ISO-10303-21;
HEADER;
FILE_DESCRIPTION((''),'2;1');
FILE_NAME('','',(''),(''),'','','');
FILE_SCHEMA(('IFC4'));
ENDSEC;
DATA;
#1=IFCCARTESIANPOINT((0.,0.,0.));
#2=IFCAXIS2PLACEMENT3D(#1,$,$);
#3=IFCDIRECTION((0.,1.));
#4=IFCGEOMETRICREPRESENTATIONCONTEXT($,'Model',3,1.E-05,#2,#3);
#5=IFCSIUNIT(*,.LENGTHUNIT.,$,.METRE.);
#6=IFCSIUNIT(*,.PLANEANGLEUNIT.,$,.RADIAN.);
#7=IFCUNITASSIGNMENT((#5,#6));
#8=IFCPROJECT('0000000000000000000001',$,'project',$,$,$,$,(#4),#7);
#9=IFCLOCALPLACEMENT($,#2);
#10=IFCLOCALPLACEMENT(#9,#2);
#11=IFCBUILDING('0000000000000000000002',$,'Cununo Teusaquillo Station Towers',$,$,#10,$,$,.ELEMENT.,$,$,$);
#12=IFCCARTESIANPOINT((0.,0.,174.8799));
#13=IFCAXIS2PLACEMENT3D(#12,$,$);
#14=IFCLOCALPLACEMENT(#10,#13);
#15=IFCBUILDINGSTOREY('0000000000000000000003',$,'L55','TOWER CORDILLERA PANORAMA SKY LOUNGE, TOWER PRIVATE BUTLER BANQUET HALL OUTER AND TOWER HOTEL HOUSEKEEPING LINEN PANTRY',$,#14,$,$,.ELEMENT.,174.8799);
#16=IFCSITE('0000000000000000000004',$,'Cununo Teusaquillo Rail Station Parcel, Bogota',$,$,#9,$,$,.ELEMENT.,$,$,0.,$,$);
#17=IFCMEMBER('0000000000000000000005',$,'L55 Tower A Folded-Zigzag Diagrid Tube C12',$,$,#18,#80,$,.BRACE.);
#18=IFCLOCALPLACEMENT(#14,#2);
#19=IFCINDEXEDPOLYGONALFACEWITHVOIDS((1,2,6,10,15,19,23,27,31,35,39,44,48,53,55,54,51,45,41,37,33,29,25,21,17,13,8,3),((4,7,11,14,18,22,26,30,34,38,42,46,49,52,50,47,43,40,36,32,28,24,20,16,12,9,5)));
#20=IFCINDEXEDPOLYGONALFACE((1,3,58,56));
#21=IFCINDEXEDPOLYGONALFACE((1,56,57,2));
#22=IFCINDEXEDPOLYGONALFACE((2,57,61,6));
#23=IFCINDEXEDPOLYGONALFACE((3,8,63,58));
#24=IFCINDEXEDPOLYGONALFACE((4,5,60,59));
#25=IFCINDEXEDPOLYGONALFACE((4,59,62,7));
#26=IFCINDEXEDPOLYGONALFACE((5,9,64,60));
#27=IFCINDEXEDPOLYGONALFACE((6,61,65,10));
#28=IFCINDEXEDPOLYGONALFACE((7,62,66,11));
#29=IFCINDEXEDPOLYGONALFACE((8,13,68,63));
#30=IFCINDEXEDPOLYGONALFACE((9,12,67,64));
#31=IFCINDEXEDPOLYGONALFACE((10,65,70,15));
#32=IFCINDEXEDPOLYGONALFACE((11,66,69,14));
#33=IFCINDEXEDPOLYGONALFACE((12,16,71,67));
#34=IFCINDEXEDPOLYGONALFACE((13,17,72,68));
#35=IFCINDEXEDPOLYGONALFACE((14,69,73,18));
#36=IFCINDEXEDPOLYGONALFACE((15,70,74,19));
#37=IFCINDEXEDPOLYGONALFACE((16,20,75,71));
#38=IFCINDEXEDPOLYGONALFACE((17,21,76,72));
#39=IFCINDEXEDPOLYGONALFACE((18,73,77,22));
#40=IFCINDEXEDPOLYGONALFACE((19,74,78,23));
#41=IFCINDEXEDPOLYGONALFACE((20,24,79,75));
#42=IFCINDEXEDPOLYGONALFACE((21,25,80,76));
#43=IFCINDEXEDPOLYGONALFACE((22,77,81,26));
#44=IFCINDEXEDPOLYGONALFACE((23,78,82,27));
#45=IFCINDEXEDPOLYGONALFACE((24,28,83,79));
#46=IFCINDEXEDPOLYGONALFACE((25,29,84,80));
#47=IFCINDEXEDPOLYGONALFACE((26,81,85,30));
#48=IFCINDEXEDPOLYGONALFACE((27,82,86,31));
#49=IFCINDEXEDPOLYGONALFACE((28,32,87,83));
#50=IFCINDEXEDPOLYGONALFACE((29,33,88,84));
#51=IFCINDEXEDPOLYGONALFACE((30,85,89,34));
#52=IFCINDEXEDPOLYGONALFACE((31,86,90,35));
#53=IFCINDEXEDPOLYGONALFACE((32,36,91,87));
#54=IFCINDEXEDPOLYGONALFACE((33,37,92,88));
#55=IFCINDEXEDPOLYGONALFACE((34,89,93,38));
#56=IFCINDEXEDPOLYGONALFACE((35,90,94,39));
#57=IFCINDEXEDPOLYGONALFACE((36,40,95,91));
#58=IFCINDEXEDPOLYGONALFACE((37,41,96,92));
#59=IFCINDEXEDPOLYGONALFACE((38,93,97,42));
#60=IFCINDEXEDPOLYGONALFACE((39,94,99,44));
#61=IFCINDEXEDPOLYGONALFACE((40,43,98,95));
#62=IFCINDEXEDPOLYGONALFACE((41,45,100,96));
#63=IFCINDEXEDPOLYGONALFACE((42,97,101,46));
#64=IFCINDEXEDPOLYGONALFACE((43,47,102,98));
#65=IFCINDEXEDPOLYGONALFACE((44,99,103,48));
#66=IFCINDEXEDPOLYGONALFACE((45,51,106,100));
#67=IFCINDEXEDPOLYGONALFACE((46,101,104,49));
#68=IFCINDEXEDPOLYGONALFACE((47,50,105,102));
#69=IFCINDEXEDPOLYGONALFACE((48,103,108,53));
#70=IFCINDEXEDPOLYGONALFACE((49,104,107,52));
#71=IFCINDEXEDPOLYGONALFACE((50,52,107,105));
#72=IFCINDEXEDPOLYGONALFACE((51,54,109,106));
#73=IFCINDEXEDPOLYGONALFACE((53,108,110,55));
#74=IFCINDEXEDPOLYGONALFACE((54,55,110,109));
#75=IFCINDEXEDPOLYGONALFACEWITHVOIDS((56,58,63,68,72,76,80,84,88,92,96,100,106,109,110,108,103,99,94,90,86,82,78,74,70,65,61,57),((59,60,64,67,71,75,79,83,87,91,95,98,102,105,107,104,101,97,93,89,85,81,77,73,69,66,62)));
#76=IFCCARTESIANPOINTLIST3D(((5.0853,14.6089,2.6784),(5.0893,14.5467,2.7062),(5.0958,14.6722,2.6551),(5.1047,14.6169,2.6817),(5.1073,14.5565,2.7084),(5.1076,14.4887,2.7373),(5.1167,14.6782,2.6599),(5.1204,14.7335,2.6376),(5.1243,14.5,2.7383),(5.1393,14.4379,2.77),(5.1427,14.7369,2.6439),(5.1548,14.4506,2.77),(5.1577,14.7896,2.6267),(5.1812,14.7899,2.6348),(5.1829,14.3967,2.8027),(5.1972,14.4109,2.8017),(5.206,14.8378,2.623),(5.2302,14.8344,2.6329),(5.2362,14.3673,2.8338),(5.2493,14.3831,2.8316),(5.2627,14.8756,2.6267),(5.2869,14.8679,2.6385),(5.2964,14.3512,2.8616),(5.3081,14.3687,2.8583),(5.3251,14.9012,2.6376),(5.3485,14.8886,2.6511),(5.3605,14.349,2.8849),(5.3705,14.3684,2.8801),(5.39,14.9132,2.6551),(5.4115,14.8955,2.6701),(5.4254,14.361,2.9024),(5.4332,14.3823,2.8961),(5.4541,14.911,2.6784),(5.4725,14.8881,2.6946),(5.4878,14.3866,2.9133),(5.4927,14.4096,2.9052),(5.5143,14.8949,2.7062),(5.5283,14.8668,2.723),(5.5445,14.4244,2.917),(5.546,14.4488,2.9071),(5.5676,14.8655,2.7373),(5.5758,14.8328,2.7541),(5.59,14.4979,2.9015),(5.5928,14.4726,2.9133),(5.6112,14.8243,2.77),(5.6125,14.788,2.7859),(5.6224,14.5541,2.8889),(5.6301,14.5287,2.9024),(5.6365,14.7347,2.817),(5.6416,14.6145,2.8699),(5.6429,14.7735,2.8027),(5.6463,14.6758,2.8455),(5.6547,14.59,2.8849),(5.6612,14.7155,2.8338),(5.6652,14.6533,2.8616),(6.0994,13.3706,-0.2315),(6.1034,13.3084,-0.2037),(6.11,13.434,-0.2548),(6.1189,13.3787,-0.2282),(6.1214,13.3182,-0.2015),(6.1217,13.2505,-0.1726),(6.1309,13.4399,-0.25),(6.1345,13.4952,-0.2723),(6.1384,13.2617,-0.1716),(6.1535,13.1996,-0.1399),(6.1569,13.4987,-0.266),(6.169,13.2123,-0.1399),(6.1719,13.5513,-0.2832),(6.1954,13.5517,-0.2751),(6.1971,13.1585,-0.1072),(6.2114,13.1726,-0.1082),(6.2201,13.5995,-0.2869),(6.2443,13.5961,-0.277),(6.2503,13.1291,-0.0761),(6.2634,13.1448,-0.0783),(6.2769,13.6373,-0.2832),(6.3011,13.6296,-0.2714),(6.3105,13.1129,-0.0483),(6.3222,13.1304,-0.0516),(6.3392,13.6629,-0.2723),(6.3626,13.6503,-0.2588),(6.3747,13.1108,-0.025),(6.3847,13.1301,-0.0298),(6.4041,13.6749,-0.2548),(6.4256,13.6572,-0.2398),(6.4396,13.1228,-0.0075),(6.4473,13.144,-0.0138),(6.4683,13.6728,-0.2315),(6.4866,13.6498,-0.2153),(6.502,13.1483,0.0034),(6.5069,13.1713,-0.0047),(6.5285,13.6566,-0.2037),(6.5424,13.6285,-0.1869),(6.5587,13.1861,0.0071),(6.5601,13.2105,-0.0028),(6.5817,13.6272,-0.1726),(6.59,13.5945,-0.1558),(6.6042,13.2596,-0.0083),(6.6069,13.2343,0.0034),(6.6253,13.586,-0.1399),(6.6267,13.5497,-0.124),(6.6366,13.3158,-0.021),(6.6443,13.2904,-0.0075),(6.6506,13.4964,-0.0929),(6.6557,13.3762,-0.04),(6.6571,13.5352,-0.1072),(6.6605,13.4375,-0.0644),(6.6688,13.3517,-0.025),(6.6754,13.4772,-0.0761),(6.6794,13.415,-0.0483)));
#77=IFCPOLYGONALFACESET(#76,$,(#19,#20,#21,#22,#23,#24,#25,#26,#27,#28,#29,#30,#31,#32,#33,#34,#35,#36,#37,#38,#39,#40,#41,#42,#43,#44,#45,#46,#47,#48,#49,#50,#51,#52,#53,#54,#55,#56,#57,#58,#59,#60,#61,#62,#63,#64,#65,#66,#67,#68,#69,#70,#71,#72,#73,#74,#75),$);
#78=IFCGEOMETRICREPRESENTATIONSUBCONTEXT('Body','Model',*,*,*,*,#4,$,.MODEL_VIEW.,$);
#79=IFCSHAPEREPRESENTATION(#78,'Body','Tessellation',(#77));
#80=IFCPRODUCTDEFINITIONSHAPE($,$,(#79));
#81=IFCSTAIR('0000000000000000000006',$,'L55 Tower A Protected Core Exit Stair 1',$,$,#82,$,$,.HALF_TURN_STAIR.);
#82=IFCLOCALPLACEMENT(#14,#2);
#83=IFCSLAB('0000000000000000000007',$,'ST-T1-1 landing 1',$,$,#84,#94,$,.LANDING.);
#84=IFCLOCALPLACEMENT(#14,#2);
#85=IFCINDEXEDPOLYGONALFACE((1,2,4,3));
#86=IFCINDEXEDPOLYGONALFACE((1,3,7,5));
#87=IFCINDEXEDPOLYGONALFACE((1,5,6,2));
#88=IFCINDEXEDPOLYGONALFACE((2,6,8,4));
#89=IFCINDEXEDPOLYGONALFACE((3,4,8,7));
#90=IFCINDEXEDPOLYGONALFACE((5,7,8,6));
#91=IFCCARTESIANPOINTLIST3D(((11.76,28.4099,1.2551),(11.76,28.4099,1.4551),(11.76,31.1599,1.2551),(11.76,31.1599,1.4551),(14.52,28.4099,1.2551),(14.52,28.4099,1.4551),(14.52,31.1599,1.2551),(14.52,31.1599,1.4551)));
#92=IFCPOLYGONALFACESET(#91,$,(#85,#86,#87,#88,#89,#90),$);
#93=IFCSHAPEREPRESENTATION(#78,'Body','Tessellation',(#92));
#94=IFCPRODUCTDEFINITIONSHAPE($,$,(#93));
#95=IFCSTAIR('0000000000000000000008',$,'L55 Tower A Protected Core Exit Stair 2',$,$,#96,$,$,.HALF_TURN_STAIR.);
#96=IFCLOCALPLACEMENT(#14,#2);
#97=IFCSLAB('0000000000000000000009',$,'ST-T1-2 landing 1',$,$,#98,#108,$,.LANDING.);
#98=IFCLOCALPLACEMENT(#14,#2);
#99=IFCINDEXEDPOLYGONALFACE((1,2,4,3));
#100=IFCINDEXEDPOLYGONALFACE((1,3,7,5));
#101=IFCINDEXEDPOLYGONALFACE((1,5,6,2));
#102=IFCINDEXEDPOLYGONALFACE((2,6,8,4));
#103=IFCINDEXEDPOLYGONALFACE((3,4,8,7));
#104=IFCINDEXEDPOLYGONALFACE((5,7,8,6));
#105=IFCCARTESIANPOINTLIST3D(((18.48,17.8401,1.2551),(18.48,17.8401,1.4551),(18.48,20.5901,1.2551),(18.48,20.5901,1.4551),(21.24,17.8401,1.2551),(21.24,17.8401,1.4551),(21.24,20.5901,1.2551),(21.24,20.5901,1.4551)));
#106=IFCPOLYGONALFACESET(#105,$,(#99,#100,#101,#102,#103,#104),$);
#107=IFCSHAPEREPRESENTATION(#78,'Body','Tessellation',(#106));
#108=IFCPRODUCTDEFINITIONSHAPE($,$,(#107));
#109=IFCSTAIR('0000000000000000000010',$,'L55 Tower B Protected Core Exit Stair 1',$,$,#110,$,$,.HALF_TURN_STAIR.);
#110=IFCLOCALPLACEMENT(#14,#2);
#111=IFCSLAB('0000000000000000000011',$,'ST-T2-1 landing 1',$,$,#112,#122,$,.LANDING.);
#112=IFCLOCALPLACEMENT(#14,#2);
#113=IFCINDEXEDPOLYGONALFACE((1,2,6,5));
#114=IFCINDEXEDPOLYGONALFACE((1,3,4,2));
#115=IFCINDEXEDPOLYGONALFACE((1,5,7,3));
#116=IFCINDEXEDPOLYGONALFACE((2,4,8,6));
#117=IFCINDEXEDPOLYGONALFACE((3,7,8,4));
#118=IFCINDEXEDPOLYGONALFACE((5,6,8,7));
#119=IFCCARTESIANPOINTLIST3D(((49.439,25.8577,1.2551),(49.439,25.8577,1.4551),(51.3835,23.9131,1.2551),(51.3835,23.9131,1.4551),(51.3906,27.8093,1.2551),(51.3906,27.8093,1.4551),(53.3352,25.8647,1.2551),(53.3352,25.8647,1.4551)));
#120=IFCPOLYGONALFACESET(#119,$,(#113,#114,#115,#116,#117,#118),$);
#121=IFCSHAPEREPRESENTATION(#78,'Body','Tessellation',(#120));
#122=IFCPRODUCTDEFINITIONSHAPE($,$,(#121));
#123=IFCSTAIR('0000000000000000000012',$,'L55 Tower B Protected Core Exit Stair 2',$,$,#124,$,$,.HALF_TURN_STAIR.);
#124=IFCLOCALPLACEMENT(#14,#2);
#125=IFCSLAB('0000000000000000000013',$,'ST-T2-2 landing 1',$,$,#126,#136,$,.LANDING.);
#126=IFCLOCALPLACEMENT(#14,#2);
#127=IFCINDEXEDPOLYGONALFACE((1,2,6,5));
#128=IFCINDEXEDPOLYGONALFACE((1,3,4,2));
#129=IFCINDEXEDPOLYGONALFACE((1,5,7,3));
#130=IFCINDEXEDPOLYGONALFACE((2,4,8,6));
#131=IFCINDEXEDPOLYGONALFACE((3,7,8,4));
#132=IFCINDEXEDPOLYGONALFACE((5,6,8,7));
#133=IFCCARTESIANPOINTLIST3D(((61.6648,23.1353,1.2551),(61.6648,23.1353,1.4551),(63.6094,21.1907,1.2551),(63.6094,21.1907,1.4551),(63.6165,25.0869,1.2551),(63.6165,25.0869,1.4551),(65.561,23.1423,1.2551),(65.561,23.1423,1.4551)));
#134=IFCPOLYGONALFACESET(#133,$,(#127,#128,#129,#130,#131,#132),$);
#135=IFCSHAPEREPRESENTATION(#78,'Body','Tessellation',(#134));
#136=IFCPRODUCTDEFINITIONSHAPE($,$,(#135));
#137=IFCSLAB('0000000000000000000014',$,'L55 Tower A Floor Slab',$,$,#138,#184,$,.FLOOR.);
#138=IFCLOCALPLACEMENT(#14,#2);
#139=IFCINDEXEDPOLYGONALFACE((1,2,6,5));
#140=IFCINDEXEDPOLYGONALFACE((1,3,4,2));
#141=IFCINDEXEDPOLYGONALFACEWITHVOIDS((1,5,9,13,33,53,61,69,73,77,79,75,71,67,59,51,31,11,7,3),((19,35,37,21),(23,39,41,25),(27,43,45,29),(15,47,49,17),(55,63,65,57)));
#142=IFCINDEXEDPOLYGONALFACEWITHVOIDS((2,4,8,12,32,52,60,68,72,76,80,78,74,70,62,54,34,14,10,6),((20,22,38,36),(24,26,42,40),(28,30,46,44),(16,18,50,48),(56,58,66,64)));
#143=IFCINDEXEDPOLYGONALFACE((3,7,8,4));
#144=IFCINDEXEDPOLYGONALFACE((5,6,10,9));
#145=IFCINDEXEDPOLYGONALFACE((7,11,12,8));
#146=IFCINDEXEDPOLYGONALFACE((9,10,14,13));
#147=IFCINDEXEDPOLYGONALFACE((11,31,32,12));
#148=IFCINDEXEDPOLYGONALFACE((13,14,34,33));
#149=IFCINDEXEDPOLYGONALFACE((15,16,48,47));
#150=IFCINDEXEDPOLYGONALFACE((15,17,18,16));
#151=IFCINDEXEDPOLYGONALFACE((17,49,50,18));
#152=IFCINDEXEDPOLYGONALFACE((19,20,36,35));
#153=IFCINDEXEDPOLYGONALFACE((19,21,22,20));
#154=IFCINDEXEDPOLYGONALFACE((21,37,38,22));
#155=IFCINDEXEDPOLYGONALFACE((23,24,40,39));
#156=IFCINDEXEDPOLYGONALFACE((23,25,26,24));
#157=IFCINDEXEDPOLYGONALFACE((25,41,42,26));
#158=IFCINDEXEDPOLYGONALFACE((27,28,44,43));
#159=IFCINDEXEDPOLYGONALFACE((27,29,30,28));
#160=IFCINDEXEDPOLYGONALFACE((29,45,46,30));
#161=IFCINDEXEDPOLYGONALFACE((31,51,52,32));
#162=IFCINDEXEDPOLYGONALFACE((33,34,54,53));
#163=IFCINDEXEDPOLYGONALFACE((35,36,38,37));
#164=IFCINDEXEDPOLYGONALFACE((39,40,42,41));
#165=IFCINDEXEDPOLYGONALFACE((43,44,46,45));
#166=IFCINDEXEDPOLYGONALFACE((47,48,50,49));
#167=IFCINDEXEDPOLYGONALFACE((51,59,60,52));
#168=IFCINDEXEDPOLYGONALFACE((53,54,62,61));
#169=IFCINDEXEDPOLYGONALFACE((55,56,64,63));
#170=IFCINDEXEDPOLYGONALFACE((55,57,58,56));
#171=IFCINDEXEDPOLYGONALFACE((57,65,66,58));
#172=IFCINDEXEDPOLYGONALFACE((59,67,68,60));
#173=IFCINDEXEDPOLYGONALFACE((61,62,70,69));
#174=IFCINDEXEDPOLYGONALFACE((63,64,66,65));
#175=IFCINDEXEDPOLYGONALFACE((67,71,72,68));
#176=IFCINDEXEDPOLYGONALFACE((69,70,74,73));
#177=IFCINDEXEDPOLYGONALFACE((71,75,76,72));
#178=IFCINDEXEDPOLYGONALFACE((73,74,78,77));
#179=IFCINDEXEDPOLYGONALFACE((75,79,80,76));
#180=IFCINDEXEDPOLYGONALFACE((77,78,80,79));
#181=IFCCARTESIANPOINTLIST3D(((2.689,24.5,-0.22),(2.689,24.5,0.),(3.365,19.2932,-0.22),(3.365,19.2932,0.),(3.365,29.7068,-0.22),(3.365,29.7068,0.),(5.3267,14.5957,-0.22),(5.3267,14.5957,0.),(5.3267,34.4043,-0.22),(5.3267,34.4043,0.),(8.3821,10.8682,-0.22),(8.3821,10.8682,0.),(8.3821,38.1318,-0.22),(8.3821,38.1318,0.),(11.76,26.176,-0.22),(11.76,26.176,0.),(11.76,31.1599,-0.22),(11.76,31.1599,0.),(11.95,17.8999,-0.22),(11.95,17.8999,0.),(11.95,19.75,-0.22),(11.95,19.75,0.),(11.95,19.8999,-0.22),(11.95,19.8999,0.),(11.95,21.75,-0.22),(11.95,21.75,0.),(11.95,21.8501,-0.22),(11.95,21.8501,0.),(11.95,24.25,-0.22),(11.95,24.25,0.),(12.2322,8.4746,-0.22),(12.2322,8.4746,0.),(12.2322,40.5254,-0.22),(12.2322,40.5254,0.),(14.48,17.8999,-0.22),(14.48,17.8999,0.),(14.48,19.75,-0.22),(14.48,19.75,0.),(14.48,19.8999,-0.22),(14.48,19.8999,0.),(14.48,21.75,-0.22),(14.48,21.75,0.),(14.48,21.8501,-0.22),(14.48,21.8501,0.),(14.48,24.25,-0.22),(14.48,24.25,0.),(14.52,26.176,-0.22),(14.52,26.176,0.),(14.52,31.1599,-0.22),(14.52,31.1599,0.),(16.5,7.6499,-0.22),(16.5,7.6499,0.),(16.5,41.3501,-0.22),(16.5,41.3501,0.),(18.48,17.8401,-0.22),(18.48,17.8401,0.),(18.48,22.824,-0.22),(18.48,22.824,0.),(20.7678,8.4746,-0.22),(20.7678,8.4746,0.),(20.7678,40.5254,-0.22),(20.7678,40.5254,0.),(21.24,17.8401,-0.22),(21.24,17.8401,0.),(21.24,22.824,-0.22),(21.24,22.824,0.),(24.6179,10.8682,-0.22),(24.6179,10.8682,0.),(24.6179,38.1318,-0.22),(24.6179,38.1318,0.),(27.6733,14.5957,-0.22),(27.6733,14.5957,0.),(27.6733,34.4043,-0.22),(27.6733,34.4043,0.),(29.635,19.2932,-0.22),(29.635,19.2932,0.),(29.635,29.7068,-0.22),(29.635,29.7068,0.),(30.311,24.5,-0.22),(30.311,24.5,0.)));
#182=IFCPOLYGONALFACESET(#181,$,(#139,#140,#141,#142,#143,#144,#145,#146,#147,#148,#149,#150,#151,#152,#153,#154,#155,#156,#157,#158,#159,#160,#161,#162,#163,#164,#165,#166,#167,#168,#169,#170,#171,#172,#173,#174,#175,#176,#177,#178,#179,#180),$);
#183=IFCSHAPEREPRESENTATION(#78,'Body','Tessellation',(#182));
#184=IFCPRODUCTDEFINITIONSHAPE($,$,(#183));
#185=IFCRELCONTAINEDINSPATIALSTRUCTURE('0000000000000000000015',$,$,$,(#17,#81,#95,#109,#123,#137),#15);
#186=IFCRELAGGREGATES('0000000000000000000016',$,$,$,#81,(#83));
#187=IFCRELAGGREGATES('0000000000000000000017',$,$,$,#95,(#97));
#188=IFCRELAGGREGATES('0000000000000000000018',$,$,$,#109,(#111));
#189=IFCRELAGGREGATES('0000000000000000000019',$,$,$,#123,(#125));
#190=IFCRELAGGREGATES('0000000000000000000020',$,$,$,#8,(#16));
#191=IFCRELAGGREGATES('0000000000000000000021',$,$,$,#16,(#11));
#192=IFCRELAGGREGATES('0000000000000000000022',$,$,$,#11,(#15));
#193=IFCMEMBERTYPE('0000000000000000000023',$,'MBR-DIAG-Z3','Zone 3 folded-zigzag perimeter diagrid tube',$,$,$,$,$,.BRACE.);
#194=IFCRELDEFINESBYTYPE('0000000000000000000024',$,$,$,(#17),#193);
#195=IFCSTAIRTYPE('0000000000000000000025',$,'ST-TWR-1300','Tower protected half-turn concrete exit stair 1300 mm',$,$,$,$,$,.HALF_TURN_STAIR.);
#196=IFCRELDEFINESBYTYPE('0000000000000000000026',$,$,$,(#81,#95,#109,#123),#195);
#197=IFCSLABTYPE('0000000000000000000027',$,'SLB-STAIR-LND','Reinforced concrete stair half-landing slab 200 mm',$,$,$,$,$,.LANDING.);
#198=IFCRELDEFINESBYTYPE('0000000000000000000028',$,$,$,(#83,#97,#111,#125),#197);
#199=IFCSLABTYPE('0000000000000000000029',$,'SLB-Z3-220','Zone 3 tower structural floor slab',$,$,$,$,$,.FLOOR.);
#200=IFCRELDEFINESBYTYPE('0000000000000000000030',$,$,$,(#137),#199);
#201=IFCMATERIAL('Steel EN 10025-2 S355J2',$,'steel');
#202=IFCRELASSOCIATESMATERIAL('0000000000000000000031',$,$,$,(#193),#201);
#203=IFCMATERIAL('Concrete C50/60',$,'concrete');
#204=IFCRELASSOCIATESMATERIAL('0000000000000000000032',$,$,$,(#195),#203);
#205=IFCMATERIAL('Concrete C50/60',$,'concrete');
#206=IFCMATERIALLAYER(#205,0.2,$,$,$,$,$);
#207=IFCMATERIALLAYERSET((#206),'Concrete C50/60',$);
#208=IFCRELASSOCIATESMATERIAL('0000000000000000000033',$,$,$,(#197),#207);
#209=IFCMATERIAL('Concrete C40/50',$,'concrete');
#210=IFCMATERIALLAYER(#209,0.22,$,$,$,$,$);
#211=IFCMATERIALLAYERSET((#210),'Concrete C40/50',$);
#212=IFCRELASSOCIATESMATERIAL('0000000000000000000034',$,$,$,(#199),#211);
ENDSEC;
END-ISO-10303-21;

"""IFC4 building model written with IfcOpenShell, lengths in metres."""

from ifc_helpers import new_model, si_unit, direction, frame, origin, origin_2d, place, context, subcontext, project, spatial, polyline, hollow_circle, outline, extrude, material, layer, layer_set, material_profile, profile_set, type_object, element, aggregate, save


model = new_model("IFC4")

# Units and contexts
model_context = context("Model", 3, precision=1e-05, world=origin(), true_north=direction((0.0, 1.0)))
body_context = subcontext(model_context, "Body", "Model", "MODEL_VIEW")
ifc_project = project(units=[si_unit("LENGTHUNIT", "METRE"), si_unit("PLANEANGLEUNIT", "RADIAN")], contexts=[model_context])

# Site, building, storey
site_placement = place(None, origin())
site = spatial("IfcSite", under=ifc_project, at=site_placement, Name="Cununo Teusaquillo Rail Station Parcel, Bogota", CompositionType="ELEMENT", RefElevation=0.0)
building_placement = place(site_placement, origin())
building = spatial("IfcBuilding", under=site, at=building_placement, Name="Cununo Teusaquillo Station Towers", CompositionType="ELEMENT")
storey_placement = place(building_placement, frame((0.0, 0.0, 174.8799)))
storey = spatial("IfcBuildingStorey", under=building, at=storey_placement, Name="L55", Description="TOWER CORDILLERA PANORAMA SKY LOUNGE, TOWER PRIVATE BUTLER BANQUET HALL OUTER AND TOWER HOTEL HOUSEKEEPING LINEN PANTRY", CompositionType="ELEMENT", Elevation=174.8799)

# Member
ifc_material_1 = material(Name="Steel EN 10025-2 S355J2", Category="steel")
ifc_material_profile_1 = material_profile(ifc_material_1, hollow_circle(Radius=0.3049, WallThickness=0.02, at=origin_2d()), Name="CHS 610x20")
ifc_profile_set_1 = profile_set([ifc_material_profile_1], Name="Steel EN 10025-2 S355J2")
member_type = type_object("IfcMemberType", Name="MBR-DIAG-Z3", Description="Zone 3 folded-zigzag perimeter diagrid tube", PredefinedType="BRACE", material=ifc_profile_set_1)
member_placement = place(storey_placement, frame((6.3894, 13.3928, -0.1399), z_axis=(-0.305372, 0.372857, 0.876199), x_axis=(-0.773645, -0.63362, 0.0)))
element("IfcMember", 1, at=member_placement, inside=storey, type_object=member_type, Name="L55 Tower A Folded-Zigzag Diagrid Tube C12", PredefinedType="BRACE", context=body_context, shape_type="SweptSolid", body=[
    extrude(hollow_circle(Radius=0.3049, WallThickness=0.02, at=origin_2d()), origin(), (0.0, 0.0, 1.0), 3.321),
])

# Stairs, slabs
ifc_material_2 = material(Name="Concrete C50/60", Category="concrete")
stair_type = type_object("IfcStairType", Name="ST-TWR-1300", Description="Tower protected half-turn concrete exit stair 1300 mm", PredefinedType="HALF_TURN_STAIR", material=ifc_material_2)
stair_1_placement = place(storey_placement, origin())
stair_1 = element("IfcStair", 2, at=stair_1_placement, inside=storey, type_object=stair_type, Name="L55 Tower A Protected Core Exit Stair 1", PredefinedType="HALF_TURN_STAIR")
ifc_material_3 = material(Name="Concrete C50/60", Category="concrete")
ifc_layer_1 = layer(ifc_material_3, 0.2)
ifc_layer_set_1 = layer_set([ifc_layer_1], Name="Concrete C50/60")
slab_type_1 = type_object("IfcSlabType", Name="SLB-STAIR-LND", Description="Reinforced concrete stair half-landing slab 200 mm", PredefinedType="LANDING", material=ifc_layer_set_1)
slab_1_placement = place(storey_placement, frame((0.0, 0.0, 1.2551)))
slab_1 = element("IfcSlab", 3, at=slab_1_placement, type_object=slab_type_1, Name="ST-T1-1 landing 1", PredefinedType="LANDING", context=body_context, shape_type="SweptSolid", body=[
    extrude(outline(polyline([(14.52, 28.4099), (14.52, 31.1599), (11.76, 31.1599), (11.76, 28.4099), (14.52, 28.4099)])), origin(), (0.0, 0.0, 1.0), 0.2),
])
aggregate(stair_1, [slab_1])
stair_2_placement = place(storey_placement, origin())
stair_2 = element("IfcStair", 4, at=stair_2_placement, inside=storey, type_object=stair_type, Name="L55 Tower A Protected Core Exit Stair 2", PredefinedType="HALF_TURN_STAIR")
slab_2_placement = place(storey_placement, frame((0.0, 0.0, 1.2551)))
slab_2 = element("IfcSlab", 5, at=slab_2_placement, type_object=slab_type_1, Name="ST-T1-2 landing 1", PredefinedType="LANDING", context=body_context, shape_type="SweptSolid", body=[
    extrude(outline(polyline([(18.48, 20.5901), (18.48, 17.8401), (21.24, 17.8401), (21.24, 20.5901), (18.48, 20.5901)])), origin(), (0.0, 0.0, 1.0), 0.2),
])
aggregate(stair_2, [slab_2])
stair_3_placement = place(storey_placement, origin())
stair_3 = element("IfcStair", 6, at=stair_3_placement, inside=storey, type_object=stair_type, Name="L55 Tower B Protected Core Exit Stair 1", PredefinedType="HALF_TURN_STAIR")
slab_3_placement = place(storey_placement, frame((0.0, 0.0, 1.2551)))
slab_3 = element("IfcSlab", 7, at=slab_3_placement, type_object=slab_type_1, Name="ST-T2-1 landing 1", PredefinedType="LANDING", context=body_context, shape_type="SweptSolid", body=[
    extrude(outline(polyline([(53.3352, 25.8647), (51.3906, 27.8093), (49.439, 25.8577), (51.3835, 23.9131), (53.3352, 25.8647)])), origin(), (0.0, 0.0, 1.0), 0.2),
])
aggregate(stair_3, [slab_3])
stair_4_placement = place(storey_placement, origin())
stair_4 = element("IfcStair", 8, at=stair_4_placement, inside=storey, type_object=stair_type, Name="L55 Tower B Protected Core Exit Stair 2", PredefinedType="HALF_TURN_STAIR")
slab_4_placement = place(storey_placement, frame((0.0, 0.0, 1.2551)))
slab_4 = element("IfcSlab", 9, at=slab_4_placement, type_object=slab_type_1, Name="ST-T2-2 landing 1", PredefinedType="LANDING", context=body_context, shape_type="SweptSolid", body=[
    extrude(outline(polyline([(61.6648, 23.1353), (63.6094, 21.1907), (65.561, 23.1423), (63.6165, 25.0869), (61.6648, 23.1353)])), origin(), (0.0, 0.0, 1.0), 0.2),
])
aggregate(stair_4, [slab_4])

# Slab
ifc_material_4 = material(Name="Concrete C40/50", Category="concrete")
ifc_layer_2 = layer(ifc_material_4, 0.22)
ifc_layer_set_2 = layer_set([ifc_layer_2], Name="Concrete C40/50")
slab_type_2 = type_object("IfcSlabType", Name="SLB-Z3-220", Description="Zone 3 tower structural floor slab", PredefinedType="FLOOR", material=ifc_layer_set_2)
slab_5_placement = place(storey_placement, frame((0.0, 0.0, -0.22)))
element("IfcSlab", 10, at=slab_5_placement, inside=storey, type_object=slab_type_2, Name="L55 Tower A Floor Slab", PredefinedType="FLOOR", context=body_context, shape_type="SweptSolid", body=[
    extrude(outline(polyline([(30.311, 24.5), (29.635, 29.7068), (27.6733, 34.4043), (24.6179, 38.1318), (20.7678, 40.5254), (16.5, 41.3501), (12.2322, 40.5254), (8.3821, 38.1318), (5.3267, 34.4043), (3.365, 29.7068), (2.689, 24.5), (3.365, 19.2932), (5.3267, 14.5957), (8.3821, 10.8682), (12.2322, 8.4746), (16.5, 7.6499), (20.7678, 8.4746), (24.6179, 10.8682), (27.6733, 14.5957), (29.635, 19.2932), (30.311, 24.5)]), holes=[polyline([(14.52, 26.176), (14.52, 31.1599), (11.76, 31.1599), (11.76, 26.176), (14.52, 26.176)]), polyline([(18.48, 22.824), (18.48, 17.8401), (21.24, 17.8401), (21.24, 22.824), (18.48, 22.824)]), polyline([(11.95, 21.8501), (14.48, 21.8501), (14.48, 24.25), (11.95, 24.25), (11.95, 21.8501)]), polyline([(11.95, 17.8999), (14.48, 17.8999), (14.48, 19.75), (11.95, 19.75), (11.95, 17.8999)]), polyline([(11.95, 19.8999), (14.48, 19.8999), (14.48, 21.75), (11.95, 21.75), (11.95, 19.8999)])]), origin(), (0.0, 0.0, 1.0), 0.22),
])

save(model, "model.ifc")
